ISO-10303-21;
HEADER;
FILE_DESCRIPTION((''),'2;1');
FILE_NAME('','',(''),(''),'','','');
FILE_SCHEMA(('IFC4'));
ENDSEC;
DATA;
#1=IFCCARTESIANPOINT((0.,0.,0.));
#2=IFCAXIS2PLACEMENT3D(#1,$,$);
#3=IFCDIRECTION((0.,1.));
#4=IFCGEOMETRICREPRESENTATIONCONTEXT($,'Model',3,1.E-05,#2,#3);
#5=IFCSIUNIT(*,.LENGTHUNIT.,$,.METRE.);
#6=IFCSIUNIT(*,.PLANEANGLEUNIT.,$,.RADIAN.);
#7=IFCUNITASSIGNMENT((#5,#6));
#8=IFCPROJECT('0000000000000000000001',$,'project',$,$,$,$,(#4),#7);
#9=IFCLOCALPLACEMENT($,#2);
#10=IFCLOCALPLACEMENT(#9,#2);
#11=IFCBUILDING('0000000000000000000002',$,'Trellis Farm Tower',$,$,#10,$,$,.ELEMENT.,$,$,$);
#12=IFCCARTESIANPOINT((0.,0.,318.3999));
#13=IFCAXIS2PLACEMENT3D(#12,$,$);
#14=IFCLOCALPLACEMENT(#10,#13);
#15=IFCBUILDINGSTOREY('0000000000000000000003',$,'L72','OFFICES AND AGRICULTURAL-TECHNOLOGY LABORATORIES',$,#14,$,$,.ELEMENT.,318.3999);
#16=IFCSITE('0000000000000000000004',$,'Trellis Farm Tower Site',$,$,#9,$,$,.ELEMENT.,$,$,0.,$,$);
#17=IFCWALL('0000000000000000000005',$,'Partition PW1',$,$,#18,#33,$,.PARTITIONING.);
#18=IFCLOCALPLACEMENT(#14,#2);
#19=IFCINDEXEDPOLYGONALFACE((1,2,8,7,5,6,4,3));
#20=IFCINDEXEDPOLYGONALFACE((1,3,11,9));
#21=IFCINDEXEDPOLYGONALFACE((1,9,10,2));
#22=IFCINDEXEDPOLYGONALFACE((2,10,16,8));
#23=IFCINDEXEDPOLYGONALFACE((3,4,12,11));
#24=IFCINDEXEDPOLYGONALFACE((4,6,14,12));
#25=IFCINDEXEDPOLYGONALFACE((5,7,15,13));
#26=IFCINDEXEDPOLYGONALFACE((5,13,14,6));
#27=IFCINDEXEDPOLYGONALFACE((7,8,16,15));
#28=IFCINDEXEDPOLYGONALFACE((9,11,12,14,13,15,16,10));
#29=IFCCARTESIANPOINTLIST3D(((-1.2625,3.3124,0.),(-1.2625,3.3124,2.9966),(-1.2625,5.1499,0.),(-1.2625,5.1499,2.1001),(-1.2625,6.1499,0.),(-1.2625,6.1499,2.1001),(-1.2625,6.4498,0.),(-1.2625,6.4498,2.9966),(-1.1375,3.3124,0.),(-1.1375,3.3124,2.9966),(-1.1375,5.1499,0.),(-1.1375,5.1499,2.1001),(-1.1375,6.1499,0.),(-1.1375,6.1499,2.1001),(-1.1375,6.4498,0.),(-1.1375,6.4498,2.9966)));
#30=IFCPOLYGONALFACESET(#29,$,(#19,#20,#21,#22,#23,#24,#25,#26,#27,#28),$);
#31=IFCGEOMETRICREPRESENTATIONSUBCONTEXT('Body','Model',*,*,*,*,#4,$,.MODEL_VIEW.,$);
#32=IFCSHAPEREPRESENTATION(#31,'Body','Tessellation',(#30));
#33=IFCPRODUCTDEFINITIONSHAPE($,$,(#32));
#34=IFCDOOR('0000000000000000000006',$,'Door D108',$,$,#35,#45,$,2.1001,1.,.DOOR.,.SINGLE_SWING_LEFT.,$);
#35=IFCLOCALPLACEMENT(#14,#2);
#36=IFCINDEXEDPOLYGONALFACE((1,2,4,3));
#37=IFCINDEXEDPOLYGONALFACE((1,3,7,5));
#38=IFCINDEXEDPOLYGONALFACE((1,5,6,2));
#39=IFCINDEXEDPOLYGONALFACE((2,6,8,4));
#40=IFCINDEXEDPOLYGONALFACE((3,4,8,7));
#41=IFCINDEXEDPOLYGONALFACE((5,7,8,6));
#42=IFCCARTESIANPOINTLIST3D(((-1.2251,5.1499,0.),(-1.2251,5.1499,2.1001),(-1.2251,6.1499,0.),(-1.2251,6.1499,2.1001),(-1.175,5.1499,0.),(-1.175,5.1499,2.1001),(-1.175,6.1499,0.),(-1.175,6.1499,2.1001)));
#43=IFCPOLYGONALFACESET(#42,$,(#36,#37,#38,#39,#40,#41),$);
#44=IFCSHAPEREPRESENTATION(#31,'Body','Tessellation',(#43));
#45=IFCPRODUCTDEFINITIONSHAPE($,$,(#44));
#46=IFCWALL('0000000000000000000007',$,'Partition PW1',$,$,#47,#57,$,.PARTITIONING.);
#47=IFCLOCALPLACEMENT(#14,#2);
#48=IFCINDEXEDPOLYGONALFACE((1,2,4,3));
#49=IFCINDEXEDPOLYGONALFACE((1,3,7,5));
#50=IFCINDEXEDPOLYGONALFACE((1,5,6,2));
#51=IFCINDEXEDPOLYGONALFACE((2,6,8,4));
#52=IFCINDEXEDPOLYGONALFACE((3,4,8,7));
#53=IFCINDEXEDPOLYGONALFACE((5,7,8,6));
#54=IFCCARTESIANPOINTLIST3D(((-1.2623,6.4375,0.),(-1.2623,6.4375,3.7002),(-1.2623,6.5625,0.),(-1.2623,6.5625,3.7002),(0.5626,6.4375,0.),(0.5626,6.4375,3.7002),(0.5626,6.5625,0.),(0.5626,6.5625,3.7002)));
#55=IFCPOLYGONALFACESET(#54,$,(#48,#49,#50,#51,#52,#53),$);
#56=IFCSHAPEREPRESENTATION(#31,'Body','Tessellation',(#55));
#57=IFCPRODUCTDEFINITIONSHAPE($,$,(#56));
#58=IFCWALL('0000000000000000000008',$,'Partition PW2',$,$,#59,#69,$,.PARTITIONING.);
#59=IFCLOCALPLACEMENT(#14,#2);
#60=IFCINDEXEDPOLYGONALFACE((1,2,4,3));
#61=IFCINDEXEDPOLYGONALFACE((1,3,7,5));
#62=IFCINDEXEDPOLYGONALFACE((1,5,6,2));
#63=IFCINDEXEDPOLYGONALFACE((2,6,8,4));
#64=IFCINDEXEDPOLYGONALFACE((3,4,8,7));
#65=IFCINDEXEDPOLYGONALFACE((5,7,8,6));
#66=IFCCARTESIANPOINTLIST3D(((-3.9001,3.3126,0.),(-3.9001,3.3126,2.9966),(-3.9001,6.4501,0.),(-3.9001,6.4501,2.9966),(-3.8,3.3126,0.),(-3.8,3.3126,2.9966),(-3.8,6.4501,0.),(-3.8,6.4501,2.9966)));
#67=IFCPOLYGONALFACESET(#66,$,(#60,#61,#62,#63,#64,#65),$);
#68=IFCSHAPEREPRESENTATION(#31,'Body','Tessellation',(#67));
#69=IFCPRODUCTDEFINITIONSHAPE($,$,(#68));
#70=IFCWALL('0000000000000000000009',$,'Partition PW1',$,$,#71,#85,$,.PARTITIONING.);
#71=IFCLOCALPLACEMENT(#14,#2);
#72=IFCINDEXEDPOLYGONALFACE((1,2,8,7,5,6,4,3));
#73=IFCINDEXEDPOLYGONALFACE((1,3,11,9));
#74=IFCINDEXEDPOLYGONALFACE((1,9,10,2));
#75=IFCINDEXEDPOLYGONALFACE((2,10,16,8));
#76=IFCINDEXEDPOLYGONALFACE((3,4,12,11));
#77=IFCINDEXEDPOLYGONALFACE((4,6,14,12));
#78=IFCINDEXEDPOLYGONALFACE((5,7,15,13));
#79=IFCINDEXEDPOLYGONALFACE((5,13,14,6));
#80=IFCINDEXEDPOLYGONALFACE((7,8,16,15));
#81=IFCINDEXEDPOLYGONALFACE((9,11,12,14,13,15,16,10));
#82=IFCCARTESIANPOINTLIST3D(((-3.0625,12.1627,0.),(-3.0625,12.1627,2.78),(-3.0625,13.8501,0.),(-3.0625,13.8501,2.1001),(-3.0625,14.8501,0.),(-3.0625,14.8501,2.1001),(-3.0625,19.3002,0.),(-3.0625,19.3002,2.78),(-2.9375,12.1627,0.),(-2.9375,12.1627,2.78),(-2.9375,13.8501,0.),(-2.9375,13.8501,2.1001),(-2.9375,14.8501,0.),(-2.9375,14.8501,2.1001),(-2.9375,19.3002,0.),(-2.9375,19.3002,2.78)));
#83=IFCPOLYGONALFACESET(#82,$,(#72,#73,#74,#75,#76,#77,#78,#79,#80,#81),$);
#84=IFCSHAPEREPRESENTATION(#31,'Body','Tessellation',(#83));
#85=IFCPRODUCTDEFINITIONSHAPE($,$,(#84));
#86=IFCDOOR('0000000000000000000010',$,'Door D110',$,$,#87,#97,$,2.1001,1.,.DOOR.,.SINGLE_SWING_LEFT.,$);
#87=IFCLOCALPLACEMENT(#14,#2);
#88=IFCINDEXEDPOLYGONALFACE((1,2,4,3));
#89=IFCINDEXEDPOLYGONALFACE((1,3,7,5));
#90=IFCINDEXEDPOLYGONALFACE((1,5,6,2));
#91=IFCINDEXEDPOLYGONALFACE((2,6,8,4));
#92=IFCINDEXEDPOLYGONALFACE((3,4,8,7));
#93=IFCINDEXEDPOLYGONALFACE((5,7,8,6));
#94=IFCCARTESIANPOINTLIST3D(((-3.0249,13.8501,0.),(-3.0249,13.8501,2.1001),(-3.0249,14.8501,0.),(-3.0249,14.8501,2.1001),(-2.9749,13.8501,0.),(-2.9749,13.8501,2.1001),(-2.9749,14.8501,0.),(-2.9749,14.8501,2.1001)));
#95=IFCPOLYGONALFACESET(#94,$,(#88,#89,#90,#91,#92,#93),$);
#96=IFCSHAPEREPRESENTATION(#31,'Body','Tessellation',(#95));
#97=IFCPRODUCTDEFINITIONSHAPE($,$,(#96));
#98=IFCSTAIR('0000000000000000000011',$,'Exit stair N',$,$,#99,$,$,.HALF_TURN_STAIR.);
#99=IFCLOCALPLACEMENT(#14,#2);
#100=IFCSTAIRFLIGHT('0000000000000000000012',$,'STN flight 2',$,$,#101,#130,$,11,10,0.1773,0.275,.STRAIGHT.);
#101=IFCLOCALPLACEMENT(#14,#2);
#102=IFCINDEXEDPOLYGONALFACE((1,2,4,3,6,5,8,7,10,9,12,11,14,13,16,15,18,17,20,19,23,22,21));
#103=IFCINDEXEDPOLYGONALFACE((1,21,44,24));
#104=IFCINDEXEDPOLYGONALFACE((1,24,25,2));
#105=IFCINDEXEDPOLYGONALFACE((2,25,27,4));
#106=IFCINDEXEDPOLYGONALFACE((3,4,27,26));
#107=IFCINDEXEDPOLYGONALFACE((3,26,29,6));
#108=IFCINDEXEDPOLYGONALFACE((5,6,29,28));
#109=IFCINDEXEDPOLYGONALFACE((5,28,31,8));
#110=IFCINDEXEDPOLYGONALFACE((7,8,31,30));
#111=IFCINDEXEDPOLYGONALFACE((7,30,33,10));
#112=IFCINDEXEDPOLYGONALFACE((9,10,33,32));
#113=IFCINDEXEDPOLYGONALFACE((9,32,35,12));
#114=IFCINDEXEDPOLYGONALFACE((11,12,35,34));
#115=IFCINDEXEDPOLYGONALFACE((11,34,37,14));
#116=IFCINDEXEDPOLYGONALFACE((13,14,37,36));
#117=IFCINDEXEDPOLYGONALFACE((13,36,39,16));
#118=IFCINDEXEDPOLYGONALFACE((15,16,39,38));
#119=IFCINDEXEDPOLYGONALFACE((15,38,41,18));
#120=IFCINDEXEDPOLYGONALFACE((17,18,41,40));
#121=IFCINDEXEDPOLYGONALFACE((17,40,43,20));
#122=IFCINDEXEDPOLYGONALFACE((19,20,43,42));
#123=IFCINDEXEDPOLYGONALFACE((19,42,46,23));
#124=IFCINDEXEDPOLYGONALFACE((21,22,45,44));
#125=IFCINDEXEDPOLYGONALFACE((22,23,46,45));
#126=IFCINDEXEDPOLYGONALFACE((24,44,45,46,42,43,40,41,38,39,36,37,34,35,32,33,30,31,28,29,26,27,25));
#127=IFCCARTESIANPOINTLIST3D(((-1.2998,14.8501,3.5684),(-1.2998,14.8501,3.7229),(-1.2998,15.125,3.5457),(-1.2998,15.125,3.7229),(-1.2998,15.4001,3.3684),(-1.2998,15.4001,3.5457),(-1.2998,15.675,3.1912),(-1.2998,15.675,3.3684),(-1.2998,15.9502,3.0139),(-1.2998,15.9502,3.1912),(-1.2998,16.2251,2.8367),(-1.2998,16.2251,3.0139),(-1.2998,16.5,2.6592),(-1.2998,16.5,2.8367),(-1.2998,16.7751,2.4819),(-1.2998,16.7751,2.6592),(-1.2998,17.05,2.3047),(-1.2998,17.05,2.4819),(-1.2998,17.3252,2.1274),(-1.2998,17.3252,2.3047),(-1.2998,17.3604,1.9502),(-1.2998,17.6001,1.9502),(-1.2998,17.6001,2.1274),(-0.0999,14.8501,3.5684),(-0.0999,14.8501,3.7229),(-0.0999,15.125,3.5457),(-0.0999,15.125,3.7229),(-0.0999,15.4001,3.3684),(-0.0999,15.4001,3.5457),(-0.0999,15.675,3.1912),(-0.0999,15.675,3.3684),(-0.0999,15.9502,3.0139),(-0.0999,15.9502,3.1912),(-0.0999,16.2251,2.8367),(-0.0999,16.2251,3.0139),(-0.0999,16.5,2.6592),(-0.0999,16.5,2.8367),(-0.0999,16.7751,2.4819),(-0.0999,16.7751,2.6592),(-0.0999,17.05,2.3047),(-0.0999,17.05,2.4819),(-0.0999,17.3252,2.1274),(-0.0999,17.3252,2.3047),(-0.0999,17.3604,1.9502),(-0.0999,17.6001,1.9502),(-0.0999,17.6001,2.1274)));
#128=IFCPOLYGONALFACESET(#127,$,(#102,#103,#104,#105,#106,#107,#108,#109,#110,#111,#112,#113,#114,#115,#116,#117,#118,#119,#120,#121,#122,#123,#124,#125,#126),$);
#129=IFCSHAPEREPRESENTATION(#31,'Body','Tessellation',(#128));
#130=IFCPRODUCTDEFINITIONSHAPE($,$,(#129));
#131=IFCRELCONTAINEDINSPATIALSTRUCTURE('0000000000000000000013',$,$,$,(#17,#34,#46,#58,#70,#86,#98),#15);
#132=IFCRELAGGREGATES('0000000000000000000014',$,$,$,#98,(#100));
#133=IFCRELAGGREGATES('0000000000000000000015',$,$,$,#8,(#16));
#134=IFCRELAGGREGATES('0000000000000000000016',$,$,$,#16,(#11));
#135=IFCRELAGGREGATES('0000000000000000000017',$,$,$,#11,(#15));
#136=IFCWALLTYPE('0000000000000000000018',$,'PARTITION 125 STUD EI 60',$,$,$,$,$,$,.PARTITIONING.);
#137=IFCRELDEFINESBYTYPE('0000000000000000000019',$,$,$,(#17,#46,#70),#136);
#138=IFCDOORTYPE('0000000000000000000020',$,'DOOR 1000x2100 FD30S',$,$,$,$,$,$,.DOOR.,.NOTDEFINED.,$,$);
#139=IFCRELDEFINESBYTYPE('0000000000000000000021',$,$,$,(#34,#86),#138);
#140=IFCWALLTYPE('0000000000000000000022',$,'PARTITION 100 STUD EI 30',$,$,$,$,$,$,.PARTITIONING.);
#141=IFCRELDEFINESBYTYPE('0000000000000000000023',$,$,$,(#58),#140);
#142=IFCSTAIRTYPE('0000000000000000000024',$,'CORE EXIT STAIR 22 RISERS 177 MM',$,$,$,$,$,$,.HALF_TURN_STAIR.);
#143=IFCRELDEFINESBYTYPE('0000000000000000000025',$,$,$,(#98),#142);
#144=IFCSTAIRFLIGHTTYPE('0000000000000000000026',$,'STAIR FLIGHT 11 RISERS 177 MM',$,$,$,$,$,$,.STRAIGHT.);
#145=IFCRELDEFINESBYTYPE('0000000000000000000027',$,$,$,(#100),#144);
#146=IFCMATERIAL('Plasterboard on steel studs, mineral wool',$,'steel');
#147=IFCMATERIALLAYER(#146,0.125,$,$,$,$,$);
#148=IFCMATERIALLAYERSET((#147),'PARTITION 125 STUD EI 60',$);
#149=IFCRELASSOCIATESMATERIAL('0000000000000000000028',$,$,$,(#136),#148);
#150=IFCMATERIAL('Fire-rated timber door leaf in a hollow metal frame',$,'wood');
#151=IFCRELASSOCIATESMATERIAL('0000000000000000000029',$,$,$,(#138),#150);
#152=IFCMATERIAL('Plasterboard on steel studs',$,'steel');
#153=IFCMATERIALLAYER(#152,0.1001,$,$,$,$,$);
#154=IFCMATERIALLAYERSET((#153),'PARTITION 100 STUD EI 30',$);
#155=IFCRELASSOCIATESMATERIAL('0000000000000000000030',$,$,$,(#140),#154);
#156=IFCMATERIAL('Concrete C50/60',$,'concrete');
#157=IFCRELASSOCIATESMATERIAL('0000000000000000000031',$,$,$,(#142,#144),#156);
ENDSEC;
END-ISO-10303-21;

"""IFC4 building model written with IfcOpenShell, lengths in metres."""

from ifc_helpers import new_model, si_unit, direction, frame, frame_2d, origin, place, context, subcontext, project, spatial, polyline, rectangle, outline, extrude, source, transform, mapped, material, layer, layer_set, type_object, element, fill, aggregate, save


model = new_model("IFC4")

# Units and contexts
model_context = context("Model", 3, precision=1e-05, world=origin(), true_north=direction((0.0, 1.0)))
body_context = subcontext(model_context, "Body", "Model", "MODEL_VIEW")
ifc_project = project(units=[si_unit("LENGTHUNIT", "METRE"), si_unit("PLANEANGLEUNIT", "RADIAN")], contexts=[model_context])

# Site, building, storey
site_placement = place(None, origin())
site = spatial("IfcSite", under=ifc_project, at=site_placement, Name="Trellis Farm Tower Site", CompositionType="ELEMENT", RefElevation=0.0)
building_placement = place(site_placement, origin())
building = spatial("IfcBuilding", under=site, at=building_placement, Name="Trellis Farm Tower", CompositionType="ELEMENT")
storey_placement = place(building_placement, frame((0.0, 0.0, 318.3999)))
storey = spatial("IfcBuildingStorey", under=building, at=storey_placement, Name="L72", Description="OFFICES AND AGRICULTURAL-TECHNOLOGY LABORATORIES", CompositionType="ELEMENT", Elevation=318.3999)

# Shared definitions
placement_1 = place(storey_placement, origin())

# Shared definitions
ifc_material_1 = material(Name="Concrete C50/60", Category="concrete")

# Wall, opening, door
ifc_material_2 = material(Name="Plasterboard on steel studs, mineral wool", Category="steel")
ifc_layer_1 = layer(ifc_material_2, 0.125)
ifc_layer_set_1 = layer_set([ifc_layer_1], Name="PARTITION 125 STUD EI 60")
wall_type_1 = type_object("IfcWallType", Name="PARTITION 125 STUD EI 60", PredefinedType="PARTITIONING", material=ifc_layer_set_1)
shared_shape_1 = source(origin(), body_context, "Body", "SweptSolid", [
    extrude(rectangle(XDim=3.1375, YDim=0.125, at=frame_2d((1.5688, 0.0))), origin(), (0.0, 0.0, 1.0), 2.9966),
])
wall_1_placement = place(storey_placement, frame((-1.2, 6.45, 0.0), z_axis=(0.0, 0.0, 1.0), x_axis=(0.0, -1.0, 0.0)))
wall_1 = element("IfcWall", 1, at=wall_1_placement, inside=storey, type_object=wall_type_1, Name="Partition PW1", PredefinedType="PARTITIONING", context=body_context, shape_type="MappedRepresentation", body=[
    mapped(shared_shape_1, transform((0.0, 0.0, 0.0))),
])
shared_shape_2 = source(origin(), body_context, "Body", "SweptSolid", [
    extrude(rectangle(XDim=1.0, YDim=2.1001, at=frame_2d((0.5, 1.05))), frame((0.0, 0.0725, 0.0), z_axis=(0.0, -1.0, 0.0), x_axis=(1.0, 0.0, 0.0)), (0.0, 0.0, 1.0), 0.145),
])
opening_1_placement = place(wall_1_placement, frame((0.3, 0.0, 0.0)))
opening_1 = element("IfcOpeningElement", 2, at=opening_1_placement, cuts=wall_1, PredefinedType="OPENING", context=body_context, shape_type="MappedRepresentation", body=[
    mapped(shared_shape_2, transform((0.0, 0.0, 0.0))),
])
ifc_material_3 = material(Name="Fire-rated timber door leaf in a hollow metal frame", Category="wood")
door_type_1 = type_object("IfcDoorType", Name="DOOR 1000x2100 FD30S", OperationType="NOTDEFINED", PredefinedType="DOOR", material=ifc_material_3)
shared_shape_3 = source(origin(), body_context, "Body", "SweptSolid", [
    extrude(rectangle(XDim=1.0, YDim=2.1001, at=frame_2d((0.5, 1.05))), frame((0.0, 0.0249, 0.0), z_axis=(0.0, -1.0, 0.0), x_axis=(1.0, 0.0, 0.0)), (0.0, 0.0, 1.0), 0.05),
])
door_1_placement = place(opening_1_placement, origin())
door_1 = element("IfcDoor", 3, at=door_1_placement, inside=storey, type_object=door_type_1, Name="Door D108", OperationType="SINGLE_SWING_LEFT", OverallHeight=2.1001, OverallWidth=1.0, PredefinedType="DOOR", context=body_context, shape_type="MappedRepresentation", body=[
    mapped(shared_shape_3, transform((0.0, 0.0, 0.0))),
])
fill(opening_1, door_1)

# Walls
shared_shape_4 = source(origin(), body_context, "Body", "SweptSolid", [
    extrude(rectangle(XDim=1.825, YDim=0.125, at=frame_2d((0.9126, 0.0))), origin(), (0.0, 0.0, 1.0), 3.7002),
])
wall_2_placement = place(storey_placement, frame((-1.2625, 6.5, 0.0), z_axis=(0.0, 0.0, 1.0), x_axis=(1.0, 0.0, 0.0)))
element("IfcWall", 4, at=wall_2_placement, inside=storey, type_object=wall_type_1, Name="Partition PW1", PredefinedType="PARTITIONING", context=body_context, shape_type="MappedRepresentation", body=[
    mapped(shared_shape_4, transform((0.0, 0.0, 0.0))),
])
ifc_material_4 = material(Name="Plasterboard on steel studs", Category="steel")
ifc_layer_2 = layer(ifc_material_4, 0.1001)
ifc_layer_set_2 = layer_set([ifc_layer_2], Name="PARTITION 100 STUD EI 30")
wall_type_2 = type_object("IfcWallType", Name="PARTITION 100 STUD EI 30", PredefinedType="PARTITIONING", material=ifc_layer_set_2)
shared_shape_5 = source(origin(), body_context, "Body", "SweptSolid", [
    extrude(rectangle(XDim=3.1375, YDim=0.1001, at=frame_2d((1.5688, 0.0))), origin(), (0.0, 0.0, 1.0), 2.9966),
])
wall_3_placement = place(storey_placement, frame((-3.8501, 3.3125, 0.0), z_axis=(0.0, 0.0, 1.0), x_axis=(0.0, 1.0, 0.0)))
element("IfcWall", 5, at=wall_3_placement, inside=storey, type_object=wall_type_2, Name="Partition PW2", PredefinedType="PARTITIONING", context=body_context, shape_type="MappedRepresentation", body=[
    mapped(shared_shape_5, transform((0.0, 0.0, 0.0))),
])

# Wall, opening, door
shared_shape_6 = source(origin(), body_context, "Body", "SweptSolid", [
    extrude(rectangle(XDim=7.1375, YDim=0.125, at=frame_2d((3.5688, 0.0))), origin(), (0.0, 0.0, 1.0), 2.78),
])
wall_4_placement = place(storey_placement, frame((-3.0, 12.1626, 0.0), z_axis=(0.0, 0.0, 1.0), x_axis=(0.0, 1.0, 0.0)))
wall_4 = element("IfcWall", 6, at=wall_4_placement, inside=storey, type_object=wall_type_1, Name="Partition PW1", PredefinedType="PARTITIONING", context=body_context, shape_type="MappedRepresentation", body=[
    mapped(shared_shape_6, transform((0.0, 0.0, 0.0))),
])
opening_2_placement = place(wall_4_placement, frame((1.6875, 0.0, 0.0)))
opening_2 = element("IfcOpeningElement", 7, at=opening_2_placement, cuts=wall_4, PredefinedType="OPENING", context=body_context, shape_type="MappedRepresentation", body=[
    mapped(shared_shape_2, transform((0.0, 0.0, 0.0))),
])
door_2_placement = place(opening_2_placement, origin())
door_2 = element("IfcDoor", 8, at=door_2_placement, inside=storey, type_object=door_type_1, Name="Door D110", OperationType="SINGLE_SWING_LEFT", OverallHeight=2.1001, OverallWidth=1.0, PredefinedType="DOOR", context=body_context, shape_type="MappedRepresentation", body=[
    mapped(shared_shape_3, transform((0.0, 0.0, 0.0))),
])
fill(opening_2, door_2)

# Stair, stair flight
stair_type = type_object("IfcStairType", Name="CORE EXIT STAIR 22 RISERS 177 MM", PredefinedType="HALF_TURN_STAIR", material=ifc_material_1)
stair = element("IfcStair", 9, at=placement_1, inside=storey, type_object=stair_type, Name="Exit stair N", PredefinedType="HALF_TURN_STAIR")
stair_flight_type = type_object("IfcStairFlightType", Name="STAIR FLIGHT 11 RISERS 177 MM", PredefinedType="STRAIGHT", material=ifc_material_1)
shared_shape_7 = source(origin(), body_context, "Body", "SweptSolid", [
    extrude(outline(polyline([(0.0, 0.0), (0.0, 0.1772), (0.2749, 0.1772), (0.2749, 0.3545), (0.55, 0.3545), (0.55, 0.5317), (0.825, 0.5317), (0.825, 0.709), (1.1001, 0.709), (1.1001, 0.8865), (1.375, 0.8865), (1.375, 1.0637), (1.6499, 1.0637), (1.6499, 1.241), (1.925, 1.241), (1.925, 1.4182), (2.2, 1.4182), (2.2, 1.5955), (2.4751, 1.5955), (2.4751, 1.7727), (2.75, 1.7727), (2.75, 1.95), (2.75, 1.6182), (0.2397, 0.0), (0.0, 0.0)])), frame((0.0, 0.6001, 0.0), z_axis=(0.0, -1.0, 0.0), x_axis=(1.0, 0.0, 0.0)), (0.0, 0.0, 1.0), 1.2),
])
stair_flight_placement = place(storey_placement, frame((-0.7, 17.6001, 1.9502), z_axis=(0.0, 0.0, 1.0), x_axis=(0.0, -1.0, 0.0)))
stair_flight = element("IfcStairFlight", 10, at=stair_flight_placement, type_object=stair_flight_type, Name="STN flight 2", NumberOfRisers=11, NumberOfTreads=10, PredefinedType="STRAIGHT", RiserHeight=0.1773, TreadLength=0.275, context=body_context, shape_type="MappedRepresentation", body=[
    mapped(shared_shape_7, transform((0.0, 0.0, 0.0))),
])
aggregate(stair, [stair_flight])

save(model, "model.ifc")
